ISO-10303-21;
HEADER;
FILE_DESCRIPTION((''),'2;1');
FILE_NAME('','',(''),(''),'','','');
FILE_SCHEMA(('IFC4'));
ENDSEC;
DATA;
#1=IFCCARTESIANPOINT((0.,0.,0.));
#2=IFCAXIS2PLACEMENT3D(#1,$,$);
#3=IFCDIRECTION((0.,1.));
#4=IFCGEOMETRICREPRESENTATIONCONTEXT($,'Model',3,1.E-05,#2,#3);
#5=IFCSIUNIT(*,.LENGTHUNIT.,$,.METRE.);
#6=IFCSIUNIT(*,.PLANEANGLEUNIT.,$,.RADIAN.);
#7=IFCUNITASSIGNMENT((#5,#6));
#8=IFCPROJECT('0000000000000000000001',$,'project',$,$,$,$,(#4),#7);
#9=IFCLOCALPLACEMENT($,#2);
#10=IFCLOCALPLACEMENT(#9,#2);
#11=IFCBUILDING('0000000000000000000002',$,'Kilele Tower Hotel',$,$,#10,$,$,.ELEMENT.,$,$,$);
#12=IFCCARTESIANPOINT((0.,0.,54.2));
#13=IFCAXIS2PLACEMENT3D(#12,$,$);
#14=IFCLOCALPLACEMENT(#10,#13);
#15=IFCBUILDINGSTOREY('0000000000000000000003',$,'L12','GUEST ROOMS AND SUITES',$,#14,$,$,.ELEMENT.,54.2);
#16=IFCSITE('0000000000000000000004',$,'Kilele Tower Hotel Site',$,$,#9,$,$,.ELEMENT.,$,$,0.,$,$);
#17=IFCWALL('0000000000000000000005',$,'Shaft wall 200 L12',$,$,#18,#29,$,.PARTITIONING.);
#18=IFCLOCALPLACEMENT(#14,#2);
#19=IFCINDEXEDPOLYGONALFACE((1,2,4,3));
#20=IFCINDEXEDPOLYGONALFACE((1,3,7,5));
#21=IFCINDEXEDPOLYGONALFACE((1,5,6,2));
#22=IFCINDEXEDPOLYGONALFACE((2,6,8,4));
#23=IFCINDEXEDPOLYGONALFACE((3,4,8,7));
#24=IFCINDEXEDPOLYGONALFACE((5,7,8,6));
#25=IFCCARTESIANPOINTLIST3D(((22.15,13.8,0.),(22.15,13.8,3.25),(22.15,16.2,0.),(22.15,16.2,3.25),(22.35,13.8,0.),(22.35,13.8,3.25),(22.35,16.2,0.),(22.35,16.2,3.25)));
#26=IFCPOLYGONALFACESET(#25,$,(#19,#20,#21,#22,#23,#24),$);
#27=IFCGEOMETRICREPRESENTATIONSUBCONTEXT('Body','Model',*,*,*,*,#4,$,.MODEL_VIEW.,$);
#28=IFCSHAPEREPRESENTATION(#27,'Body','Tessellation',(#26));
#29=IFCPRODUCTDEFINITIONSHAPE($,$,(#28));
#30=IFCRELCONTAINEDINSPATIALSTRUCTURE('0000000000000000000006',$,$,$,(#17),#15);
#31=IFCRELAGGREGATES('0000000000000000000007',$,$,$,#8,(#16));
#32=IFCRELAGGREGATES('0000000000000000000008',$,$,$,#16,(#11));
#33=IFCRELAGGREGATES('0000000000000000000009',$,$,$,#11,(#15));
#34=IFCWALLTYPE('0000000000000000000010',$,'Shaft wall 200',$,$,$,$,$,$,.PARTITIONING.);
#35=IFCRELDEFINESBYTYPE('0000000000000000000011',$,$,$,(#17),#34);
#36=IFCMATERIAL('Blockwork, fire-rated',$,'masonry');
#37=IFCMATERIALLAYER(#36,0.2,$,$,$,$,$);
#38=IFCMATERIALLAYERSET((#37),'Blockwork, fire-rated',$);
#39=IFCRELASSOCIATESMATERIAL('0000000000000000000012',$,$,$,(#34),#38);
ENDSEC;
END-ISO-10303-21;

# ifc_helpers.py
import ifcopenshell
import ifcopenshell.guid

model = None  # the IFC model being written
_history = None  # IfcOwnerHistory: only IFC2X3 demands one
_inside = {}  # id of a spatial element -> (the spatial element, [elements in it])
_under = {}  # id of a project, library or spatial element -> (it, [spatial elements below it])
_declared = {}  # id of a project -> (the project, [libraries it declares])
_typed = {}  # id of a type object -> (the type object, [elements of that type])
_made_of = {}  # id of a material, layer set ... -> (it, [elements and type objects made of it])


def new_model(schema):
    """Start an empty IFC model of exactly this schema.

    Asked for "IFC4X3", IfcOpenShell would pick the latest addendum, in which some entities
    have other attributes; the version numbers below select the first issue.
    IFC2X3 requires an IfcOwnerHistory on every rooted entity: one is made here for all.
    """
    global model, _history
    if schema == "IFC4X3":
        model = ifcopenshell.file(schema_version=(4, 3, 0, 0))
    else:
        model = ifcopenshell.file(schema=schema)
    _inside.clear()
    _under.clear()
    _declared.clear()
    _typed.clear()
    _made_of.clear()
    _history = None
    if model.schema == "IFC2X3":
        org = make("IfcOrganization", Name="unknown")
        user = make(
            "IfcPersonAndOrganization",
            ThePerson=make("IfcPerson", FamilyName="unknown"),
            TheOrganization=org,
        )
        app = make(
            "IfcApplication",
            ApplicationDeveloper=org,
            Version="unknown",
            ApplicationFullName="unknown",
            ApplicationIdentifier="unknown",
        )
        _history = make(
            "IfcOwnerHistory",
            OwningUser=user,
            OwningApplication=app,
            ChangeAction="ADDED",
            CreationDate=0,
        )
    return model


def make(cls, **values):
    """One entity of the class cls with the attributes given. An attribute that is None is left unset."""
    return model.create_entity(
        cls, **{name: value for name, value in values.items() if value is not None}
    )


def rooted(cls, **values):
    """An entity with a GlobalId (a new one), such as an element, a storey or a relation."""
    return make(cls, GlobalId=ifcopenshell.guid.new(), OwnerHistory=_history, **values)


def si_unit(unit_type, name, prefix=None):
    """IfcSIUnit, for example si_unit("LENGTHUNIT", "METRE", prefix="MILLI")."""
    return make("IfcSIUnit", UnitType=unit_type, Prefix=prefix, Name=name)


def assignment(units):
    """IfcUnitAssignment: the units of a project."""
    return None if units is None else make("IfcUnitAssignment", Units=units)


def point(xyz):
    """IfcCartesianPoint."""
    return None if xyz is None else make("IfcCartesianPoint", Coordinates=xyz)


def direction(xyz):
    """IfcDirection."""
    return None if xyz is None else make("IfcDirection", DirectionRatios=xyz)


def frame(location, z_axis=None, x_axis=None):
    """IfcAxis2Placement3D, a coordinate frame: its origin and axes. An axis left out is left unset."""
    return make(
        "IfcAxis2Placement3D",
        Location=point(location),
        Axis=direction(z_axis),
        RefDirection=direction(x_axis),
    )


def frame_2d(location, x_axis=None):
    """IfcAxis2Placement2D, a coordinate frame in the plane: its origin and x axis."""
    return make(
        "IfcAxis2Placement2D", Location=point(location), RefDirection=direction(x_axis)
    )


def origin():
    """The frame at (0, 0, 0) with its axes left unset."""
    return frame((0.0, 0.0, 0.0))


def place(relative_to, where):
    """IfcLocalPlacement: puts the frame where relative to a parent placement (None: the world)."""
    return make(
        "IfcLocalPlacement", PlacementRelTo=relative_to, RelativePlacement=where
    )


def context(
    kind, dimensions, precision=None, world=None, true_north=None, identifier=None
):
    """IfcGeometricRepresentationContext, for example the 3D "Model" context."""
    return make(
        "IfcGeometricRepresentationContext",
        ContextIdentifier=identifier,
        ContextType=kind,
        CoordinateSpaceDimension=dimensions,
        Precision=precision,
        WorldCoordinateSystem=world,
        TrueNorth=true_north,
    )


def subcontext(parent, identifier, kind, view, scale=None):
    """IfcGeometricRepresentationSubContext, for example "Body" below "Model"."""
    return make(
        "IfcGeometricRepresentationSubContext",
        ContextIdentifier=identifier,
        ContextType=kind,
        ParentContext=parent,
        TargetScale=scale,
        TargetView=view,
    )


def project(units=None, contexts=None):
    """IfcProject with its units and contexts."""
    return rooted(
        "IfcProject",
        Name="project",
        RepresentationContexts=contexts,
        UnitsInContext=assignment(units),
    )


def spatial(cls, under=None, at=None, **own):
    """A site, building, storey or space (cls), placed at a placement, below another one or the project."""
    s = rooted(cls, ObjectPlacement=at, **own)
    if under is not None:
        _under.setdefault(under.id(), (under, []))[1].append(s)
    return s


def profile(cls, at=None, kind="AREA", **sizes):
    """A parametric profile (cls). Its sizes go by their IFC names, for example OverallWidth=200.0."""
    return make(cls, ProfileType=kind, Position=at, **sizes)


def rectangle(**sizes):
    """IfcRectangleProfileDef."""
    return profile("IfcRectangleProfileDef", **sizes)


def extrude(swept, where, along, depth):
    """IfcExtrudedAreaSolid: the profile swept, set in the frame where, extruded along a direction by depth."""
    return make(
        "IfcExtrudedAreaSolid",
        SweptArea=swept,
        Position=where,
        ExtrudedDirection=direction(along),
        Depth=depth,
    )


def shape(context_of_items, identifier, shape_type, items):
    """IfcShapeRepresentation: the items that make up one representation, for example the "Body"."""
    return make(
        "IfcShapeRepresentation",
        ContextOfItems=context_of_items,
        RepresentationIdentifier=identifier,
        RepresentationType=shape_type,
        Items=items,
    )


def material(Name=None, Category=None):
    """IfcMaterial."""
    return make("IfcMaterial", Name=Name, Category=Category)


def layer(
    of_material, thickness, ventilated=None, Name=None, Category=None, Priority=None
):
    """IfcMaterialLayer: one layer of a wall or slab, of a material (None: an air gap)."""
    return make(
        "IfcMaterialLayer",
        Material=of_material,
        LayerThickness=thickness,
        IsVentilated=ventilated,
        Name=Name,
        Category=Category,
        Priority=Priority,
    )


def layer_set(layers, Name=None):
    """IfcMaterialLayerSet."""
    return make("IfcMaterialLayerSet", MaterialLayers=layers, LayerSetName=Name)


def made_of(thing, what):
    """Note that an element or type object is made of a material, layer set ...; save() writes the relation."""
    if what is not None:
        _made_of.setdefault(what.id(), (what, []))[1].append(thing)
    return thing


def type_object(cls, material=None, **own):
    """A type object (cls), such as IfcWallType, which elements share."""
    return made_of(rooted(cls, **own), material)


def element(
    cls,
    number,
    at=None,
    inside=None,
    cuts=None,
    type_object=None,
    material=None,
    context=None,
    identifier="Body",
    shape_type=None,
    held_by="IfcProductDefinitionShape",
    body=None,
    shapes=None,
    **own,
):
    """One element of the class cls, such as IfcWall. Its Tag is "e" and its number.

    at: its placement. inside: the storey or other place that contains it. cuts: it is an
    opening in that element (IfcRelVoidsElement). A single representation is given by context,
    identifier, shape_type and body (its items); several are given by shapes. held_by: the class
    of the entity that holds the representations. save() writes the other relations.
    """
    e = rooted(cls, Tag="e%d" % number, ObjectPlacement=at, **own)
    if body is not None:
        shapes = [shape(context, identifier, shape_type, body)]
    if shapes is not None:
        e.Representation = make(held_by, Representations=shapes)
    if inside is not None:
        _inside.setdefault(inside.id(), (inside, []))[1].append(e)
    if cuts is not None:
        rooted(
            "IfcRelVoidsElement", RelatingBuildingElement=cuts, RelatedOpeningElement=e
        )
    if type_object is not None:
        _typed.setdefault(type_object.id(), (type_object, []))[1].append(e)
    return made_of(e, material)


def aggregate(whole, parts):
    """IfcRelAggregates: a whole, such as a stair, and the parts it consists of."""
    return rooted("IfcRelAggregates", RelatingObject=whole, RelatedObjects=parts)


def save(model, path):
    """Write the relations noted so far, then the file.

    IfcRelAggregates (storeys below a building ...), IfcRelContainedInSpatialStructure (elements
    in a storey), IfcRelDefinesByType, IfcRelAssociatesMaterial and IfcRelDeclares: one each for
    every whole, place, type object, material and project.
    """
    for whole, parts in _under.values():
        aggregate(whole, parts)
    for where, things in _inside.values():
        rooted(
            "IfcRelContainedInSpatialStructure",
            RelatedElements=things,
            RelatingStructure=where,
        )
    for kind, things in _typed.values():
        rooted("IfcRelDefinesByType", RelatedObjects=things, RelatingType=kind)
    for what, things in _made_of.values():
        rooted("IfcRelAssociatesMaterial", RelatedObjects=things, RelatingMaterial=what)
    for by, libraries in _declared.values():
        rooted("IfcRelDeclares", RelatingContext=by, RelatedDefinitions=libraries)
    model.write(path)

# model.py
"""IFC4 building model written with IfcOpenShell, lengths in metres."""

from ifc_helpers import new_model, si_unit, direction, frame, frame_2d, origin, place, context, subcontext, project, spatial, rectangle, extrude, material, layer, layer_set, type_object, element, save


model = new_model("IFC4")

# Units and contexts
model_context = context("Model", 3, precision=1e-05, world=origin(), true_north=direction((0.0, 1.0)))
body_context = subcontext(model_context, "Body", "Model", "MODEL_VIEW")
ifc_project = project(units=[si_unit("LENGTHUNIT", "METRE"), si_unit("PLANEANGLEUNIT", "RADIAN")], contexts=[model_context])

# Site, building, storey
site_placement = place(None, origin())
site = spatial("IfcSite", under=ifc_project, at=site_placement, Name="Kilele Tower Hotel Site", CompositionType="ELEMENT", RefElevation=0.0)
building_placement = place(site_placement, origin())
building = spatial("IfcBuilding", under=site, at=building_placement, Name="Kilele Tower Hotel", CompositionType="ELEMENT")
storey_placement = place(building_placement, frame((0.0, 0.0, 54.2)))
storey = spatial("IfcBuildingStorey", under=building, at=storey_placement, Name="L12", Description="GUEST ROOMS AND SUITES", CompositionType="ELEMENT", Elevation=54.2)

# Wall
ifc_material_1 = material(Name="Blockwork, fire-rated", Category="masonry")
ifc_layer_1 = layer(ifc_material_1, 0.2)
ifc_layer_set_1 = layer_set([ifc_layer_1], Name="Blockwork, fire-rated")
wall_type_1 = type_object("IfcWallType", Name="Shaft wall 200", PredefinedType="PARTITIONING", material=ifc_layer_set_1)
for number, where, z_axis, x_axis, name in (
    (1, (22.25, 13.8, 0.0), (0.0, 0.0, 1.0), (0.0, 1.0, 0.0), "Shaft wall 200 L12"),
):
    element("IfcWall", number, at=place(storey_placement, frame(where, z_axis=z_axis, x_axis=x_axis)), inside=storey, type_object=wall_type_1, Name=name, PredefinedType="PARTITIONING", context=body_context, shape_type="SweptSolid", body=[
        extrude(rectangle(XDim=2.3999, YDim=0.2, at=frame_2d((1.2, 0.0))), origin(), (0.0, 0.0, 1.0), 3.25),
    ])

save(model, "model.ifc")
